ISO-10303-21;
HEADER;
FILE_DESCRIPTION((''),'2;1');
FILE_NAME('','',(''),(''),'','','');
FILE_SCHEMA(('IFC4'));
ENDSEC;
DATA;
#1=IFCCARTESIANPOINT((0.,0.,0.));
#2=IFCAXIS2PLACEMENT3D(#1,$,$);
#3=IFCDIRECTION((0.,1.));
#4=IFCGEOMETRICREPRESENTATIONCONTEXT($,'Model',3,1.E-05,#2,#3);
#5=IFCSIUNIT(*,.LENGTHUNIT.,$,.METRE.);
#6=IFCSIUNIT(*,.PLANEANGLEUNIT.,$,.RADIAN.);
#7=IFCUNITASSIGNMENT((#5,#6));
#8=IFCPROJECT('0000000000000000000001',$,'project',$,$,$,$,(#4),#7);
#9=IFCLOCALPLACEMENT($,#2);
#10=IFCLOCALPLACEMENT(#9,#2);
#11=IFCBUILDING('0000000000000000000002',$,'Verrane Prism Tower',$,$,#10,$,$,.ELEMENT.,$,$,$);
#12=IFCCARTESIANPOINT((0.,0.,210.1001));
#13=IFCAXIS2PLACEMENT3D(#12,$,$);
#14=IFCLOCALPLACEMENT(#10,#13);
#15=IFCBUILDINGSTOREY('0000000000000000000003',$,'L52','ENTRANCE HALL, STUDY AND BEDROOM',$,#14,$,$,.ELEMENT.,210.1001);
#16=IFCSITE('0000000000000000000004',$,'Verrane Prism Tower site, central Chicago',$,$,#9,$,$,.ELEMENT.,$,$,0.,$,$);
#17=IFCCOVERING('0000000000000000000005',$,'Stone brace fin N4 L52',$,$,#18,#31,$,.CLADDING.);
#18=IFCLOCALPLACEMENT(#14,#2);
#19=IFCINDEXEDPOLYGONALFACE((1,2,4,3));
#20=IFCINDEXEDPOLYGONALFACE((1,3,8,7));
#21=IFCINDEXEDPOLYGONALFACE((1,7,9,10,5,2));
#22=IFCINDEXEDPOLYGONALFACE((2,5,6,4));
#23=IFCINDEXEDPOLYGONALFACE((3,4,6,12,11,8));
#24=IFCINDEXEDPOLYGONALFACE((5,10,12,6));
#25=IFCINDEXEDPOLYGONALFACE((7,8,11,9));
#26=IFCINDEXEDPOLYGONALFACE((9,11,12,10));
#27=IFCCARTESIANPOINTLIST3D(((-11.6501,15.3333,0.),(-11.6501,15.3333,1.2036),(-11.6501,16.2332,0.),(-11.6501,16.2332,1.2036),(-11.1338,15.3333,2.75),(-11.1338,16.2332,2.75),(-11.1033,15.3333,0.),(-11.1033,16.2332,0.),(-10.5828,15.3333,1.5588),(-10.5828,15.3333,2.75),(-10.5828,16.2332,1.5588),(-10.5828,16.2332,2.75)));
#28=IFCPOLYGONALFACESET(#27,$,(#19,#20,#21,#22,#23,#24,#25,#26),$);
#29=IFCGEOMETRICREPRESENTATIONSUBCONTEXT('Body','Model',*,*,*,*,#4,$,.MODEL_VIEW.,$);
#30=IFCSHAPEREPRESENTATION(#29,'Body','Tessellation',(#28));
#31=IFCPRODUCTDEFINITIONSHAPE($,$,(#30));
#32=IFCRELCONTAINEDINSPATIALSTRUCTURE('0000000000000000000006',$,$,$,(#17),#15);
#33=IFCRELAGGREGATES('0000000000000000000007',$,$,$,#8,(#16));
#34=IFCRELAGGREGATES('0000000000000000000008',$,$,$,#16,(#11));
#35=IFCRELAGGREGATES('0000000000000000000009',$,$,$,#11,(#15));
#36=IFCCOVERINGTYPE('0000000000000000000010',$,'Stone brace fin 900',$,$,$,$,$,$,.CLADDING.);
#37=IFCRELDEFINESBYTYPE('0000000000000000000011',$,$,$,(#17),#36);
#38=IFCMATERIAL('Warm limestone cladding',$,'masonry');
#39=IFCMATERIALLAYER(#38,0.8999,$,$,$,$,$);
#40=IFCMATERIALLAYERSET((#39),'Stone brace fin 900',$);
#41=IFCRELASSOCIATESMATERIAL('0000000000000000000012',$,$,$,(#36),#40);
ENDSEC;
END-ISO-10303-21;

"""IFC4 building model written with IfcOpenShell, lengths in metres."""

from ifc_helpers import new_model, si_unit, direction, frame, origin, place, context, subcontext, project, spatial, polyline, outline, extrude, material, layer, layer_set, type_object, element, save


model = new_model("IFC4")

# Units and contexts
model_context = context("Model", 3, precision=1e-05, world=origin(), true_north=direction((0.0, 1.0)))
body_context = subcontext(model_context, "Body", "Model", "MODEL_VIEW")
ifc_project = project(units=[si_unit("LENGTHUNIT", "METRE"), si_unit("PLANEANGLEUNIT", "RADIAN")], contexts=[model_context])

# Site, building, storey
site_placement = place(None, origin())
site = spatial("IfcSite", under=ifc_project, at=site_placement, Name="Verrane Prism Tower site, central Chicago", CompositionType="ELEMENT", RefElevation=0.0)
building_placement = place(site_placement, origin())
building = spatial("IfcBuilding", under=site, at=building_placement, Name="Verrane Prism Tower", CompositionType="ELEMENT")
storey_placement = place(building_placement, frame((0.0, 0.0, 210.1001)))
storey = spatial("IfcBuildingStorey", under=building, at=storey_placement, Name="L52", Description="ENTRANCE HALL, STUDY AND BEDROOM", CompositionType="ELEMENT", Elevation=210.1001)

# Covering
ifc_material_1 = material(Name="Warm limestone cladding", Category="masonry")
ifc_layer_1 = layer(ifc_material_1, 0.8999)
ifc_layer_set_1 = layer_set([ifc_layer_1], Name="Stone brace fin 900")
covering_type = type_object("IfcCoveringType", Name="Stone brace fin 900", PredefinedType="CLADDING", material=ifc_layer_set_1)
covering_placement = place(storey_placement, frame((-11.6501, 15.7832, 0.0), z_axis=(0.0, 0.0, 1.0), x_axis=(1.0, 0.0, 0.0)))
element("IfcCovering", 1, at=covering_placement, inside=storey, type_object=covering_type, Name="Stone brace fin N4 L52", PredefinedType="CLADDING", context=body_context, shape_type="SweptSolid", body=[
    extrude(outline(polyline([(1.0674, 2.75), (0.5164, 2.75), (0.0, 1.2036), (0.0, 0.0), (0.5469, 0.0), (1.0674, 1.5588), (1.0674, 2.75)])), frame((0.0, 0.45, 0.0), z_axis=(0.0, -1.0, 0.0), x_axis=(1.0, 0.0, 0.0)), (0.0, 0.0, 1.0), 0.8999),
])

save(model, "model.ifc")
